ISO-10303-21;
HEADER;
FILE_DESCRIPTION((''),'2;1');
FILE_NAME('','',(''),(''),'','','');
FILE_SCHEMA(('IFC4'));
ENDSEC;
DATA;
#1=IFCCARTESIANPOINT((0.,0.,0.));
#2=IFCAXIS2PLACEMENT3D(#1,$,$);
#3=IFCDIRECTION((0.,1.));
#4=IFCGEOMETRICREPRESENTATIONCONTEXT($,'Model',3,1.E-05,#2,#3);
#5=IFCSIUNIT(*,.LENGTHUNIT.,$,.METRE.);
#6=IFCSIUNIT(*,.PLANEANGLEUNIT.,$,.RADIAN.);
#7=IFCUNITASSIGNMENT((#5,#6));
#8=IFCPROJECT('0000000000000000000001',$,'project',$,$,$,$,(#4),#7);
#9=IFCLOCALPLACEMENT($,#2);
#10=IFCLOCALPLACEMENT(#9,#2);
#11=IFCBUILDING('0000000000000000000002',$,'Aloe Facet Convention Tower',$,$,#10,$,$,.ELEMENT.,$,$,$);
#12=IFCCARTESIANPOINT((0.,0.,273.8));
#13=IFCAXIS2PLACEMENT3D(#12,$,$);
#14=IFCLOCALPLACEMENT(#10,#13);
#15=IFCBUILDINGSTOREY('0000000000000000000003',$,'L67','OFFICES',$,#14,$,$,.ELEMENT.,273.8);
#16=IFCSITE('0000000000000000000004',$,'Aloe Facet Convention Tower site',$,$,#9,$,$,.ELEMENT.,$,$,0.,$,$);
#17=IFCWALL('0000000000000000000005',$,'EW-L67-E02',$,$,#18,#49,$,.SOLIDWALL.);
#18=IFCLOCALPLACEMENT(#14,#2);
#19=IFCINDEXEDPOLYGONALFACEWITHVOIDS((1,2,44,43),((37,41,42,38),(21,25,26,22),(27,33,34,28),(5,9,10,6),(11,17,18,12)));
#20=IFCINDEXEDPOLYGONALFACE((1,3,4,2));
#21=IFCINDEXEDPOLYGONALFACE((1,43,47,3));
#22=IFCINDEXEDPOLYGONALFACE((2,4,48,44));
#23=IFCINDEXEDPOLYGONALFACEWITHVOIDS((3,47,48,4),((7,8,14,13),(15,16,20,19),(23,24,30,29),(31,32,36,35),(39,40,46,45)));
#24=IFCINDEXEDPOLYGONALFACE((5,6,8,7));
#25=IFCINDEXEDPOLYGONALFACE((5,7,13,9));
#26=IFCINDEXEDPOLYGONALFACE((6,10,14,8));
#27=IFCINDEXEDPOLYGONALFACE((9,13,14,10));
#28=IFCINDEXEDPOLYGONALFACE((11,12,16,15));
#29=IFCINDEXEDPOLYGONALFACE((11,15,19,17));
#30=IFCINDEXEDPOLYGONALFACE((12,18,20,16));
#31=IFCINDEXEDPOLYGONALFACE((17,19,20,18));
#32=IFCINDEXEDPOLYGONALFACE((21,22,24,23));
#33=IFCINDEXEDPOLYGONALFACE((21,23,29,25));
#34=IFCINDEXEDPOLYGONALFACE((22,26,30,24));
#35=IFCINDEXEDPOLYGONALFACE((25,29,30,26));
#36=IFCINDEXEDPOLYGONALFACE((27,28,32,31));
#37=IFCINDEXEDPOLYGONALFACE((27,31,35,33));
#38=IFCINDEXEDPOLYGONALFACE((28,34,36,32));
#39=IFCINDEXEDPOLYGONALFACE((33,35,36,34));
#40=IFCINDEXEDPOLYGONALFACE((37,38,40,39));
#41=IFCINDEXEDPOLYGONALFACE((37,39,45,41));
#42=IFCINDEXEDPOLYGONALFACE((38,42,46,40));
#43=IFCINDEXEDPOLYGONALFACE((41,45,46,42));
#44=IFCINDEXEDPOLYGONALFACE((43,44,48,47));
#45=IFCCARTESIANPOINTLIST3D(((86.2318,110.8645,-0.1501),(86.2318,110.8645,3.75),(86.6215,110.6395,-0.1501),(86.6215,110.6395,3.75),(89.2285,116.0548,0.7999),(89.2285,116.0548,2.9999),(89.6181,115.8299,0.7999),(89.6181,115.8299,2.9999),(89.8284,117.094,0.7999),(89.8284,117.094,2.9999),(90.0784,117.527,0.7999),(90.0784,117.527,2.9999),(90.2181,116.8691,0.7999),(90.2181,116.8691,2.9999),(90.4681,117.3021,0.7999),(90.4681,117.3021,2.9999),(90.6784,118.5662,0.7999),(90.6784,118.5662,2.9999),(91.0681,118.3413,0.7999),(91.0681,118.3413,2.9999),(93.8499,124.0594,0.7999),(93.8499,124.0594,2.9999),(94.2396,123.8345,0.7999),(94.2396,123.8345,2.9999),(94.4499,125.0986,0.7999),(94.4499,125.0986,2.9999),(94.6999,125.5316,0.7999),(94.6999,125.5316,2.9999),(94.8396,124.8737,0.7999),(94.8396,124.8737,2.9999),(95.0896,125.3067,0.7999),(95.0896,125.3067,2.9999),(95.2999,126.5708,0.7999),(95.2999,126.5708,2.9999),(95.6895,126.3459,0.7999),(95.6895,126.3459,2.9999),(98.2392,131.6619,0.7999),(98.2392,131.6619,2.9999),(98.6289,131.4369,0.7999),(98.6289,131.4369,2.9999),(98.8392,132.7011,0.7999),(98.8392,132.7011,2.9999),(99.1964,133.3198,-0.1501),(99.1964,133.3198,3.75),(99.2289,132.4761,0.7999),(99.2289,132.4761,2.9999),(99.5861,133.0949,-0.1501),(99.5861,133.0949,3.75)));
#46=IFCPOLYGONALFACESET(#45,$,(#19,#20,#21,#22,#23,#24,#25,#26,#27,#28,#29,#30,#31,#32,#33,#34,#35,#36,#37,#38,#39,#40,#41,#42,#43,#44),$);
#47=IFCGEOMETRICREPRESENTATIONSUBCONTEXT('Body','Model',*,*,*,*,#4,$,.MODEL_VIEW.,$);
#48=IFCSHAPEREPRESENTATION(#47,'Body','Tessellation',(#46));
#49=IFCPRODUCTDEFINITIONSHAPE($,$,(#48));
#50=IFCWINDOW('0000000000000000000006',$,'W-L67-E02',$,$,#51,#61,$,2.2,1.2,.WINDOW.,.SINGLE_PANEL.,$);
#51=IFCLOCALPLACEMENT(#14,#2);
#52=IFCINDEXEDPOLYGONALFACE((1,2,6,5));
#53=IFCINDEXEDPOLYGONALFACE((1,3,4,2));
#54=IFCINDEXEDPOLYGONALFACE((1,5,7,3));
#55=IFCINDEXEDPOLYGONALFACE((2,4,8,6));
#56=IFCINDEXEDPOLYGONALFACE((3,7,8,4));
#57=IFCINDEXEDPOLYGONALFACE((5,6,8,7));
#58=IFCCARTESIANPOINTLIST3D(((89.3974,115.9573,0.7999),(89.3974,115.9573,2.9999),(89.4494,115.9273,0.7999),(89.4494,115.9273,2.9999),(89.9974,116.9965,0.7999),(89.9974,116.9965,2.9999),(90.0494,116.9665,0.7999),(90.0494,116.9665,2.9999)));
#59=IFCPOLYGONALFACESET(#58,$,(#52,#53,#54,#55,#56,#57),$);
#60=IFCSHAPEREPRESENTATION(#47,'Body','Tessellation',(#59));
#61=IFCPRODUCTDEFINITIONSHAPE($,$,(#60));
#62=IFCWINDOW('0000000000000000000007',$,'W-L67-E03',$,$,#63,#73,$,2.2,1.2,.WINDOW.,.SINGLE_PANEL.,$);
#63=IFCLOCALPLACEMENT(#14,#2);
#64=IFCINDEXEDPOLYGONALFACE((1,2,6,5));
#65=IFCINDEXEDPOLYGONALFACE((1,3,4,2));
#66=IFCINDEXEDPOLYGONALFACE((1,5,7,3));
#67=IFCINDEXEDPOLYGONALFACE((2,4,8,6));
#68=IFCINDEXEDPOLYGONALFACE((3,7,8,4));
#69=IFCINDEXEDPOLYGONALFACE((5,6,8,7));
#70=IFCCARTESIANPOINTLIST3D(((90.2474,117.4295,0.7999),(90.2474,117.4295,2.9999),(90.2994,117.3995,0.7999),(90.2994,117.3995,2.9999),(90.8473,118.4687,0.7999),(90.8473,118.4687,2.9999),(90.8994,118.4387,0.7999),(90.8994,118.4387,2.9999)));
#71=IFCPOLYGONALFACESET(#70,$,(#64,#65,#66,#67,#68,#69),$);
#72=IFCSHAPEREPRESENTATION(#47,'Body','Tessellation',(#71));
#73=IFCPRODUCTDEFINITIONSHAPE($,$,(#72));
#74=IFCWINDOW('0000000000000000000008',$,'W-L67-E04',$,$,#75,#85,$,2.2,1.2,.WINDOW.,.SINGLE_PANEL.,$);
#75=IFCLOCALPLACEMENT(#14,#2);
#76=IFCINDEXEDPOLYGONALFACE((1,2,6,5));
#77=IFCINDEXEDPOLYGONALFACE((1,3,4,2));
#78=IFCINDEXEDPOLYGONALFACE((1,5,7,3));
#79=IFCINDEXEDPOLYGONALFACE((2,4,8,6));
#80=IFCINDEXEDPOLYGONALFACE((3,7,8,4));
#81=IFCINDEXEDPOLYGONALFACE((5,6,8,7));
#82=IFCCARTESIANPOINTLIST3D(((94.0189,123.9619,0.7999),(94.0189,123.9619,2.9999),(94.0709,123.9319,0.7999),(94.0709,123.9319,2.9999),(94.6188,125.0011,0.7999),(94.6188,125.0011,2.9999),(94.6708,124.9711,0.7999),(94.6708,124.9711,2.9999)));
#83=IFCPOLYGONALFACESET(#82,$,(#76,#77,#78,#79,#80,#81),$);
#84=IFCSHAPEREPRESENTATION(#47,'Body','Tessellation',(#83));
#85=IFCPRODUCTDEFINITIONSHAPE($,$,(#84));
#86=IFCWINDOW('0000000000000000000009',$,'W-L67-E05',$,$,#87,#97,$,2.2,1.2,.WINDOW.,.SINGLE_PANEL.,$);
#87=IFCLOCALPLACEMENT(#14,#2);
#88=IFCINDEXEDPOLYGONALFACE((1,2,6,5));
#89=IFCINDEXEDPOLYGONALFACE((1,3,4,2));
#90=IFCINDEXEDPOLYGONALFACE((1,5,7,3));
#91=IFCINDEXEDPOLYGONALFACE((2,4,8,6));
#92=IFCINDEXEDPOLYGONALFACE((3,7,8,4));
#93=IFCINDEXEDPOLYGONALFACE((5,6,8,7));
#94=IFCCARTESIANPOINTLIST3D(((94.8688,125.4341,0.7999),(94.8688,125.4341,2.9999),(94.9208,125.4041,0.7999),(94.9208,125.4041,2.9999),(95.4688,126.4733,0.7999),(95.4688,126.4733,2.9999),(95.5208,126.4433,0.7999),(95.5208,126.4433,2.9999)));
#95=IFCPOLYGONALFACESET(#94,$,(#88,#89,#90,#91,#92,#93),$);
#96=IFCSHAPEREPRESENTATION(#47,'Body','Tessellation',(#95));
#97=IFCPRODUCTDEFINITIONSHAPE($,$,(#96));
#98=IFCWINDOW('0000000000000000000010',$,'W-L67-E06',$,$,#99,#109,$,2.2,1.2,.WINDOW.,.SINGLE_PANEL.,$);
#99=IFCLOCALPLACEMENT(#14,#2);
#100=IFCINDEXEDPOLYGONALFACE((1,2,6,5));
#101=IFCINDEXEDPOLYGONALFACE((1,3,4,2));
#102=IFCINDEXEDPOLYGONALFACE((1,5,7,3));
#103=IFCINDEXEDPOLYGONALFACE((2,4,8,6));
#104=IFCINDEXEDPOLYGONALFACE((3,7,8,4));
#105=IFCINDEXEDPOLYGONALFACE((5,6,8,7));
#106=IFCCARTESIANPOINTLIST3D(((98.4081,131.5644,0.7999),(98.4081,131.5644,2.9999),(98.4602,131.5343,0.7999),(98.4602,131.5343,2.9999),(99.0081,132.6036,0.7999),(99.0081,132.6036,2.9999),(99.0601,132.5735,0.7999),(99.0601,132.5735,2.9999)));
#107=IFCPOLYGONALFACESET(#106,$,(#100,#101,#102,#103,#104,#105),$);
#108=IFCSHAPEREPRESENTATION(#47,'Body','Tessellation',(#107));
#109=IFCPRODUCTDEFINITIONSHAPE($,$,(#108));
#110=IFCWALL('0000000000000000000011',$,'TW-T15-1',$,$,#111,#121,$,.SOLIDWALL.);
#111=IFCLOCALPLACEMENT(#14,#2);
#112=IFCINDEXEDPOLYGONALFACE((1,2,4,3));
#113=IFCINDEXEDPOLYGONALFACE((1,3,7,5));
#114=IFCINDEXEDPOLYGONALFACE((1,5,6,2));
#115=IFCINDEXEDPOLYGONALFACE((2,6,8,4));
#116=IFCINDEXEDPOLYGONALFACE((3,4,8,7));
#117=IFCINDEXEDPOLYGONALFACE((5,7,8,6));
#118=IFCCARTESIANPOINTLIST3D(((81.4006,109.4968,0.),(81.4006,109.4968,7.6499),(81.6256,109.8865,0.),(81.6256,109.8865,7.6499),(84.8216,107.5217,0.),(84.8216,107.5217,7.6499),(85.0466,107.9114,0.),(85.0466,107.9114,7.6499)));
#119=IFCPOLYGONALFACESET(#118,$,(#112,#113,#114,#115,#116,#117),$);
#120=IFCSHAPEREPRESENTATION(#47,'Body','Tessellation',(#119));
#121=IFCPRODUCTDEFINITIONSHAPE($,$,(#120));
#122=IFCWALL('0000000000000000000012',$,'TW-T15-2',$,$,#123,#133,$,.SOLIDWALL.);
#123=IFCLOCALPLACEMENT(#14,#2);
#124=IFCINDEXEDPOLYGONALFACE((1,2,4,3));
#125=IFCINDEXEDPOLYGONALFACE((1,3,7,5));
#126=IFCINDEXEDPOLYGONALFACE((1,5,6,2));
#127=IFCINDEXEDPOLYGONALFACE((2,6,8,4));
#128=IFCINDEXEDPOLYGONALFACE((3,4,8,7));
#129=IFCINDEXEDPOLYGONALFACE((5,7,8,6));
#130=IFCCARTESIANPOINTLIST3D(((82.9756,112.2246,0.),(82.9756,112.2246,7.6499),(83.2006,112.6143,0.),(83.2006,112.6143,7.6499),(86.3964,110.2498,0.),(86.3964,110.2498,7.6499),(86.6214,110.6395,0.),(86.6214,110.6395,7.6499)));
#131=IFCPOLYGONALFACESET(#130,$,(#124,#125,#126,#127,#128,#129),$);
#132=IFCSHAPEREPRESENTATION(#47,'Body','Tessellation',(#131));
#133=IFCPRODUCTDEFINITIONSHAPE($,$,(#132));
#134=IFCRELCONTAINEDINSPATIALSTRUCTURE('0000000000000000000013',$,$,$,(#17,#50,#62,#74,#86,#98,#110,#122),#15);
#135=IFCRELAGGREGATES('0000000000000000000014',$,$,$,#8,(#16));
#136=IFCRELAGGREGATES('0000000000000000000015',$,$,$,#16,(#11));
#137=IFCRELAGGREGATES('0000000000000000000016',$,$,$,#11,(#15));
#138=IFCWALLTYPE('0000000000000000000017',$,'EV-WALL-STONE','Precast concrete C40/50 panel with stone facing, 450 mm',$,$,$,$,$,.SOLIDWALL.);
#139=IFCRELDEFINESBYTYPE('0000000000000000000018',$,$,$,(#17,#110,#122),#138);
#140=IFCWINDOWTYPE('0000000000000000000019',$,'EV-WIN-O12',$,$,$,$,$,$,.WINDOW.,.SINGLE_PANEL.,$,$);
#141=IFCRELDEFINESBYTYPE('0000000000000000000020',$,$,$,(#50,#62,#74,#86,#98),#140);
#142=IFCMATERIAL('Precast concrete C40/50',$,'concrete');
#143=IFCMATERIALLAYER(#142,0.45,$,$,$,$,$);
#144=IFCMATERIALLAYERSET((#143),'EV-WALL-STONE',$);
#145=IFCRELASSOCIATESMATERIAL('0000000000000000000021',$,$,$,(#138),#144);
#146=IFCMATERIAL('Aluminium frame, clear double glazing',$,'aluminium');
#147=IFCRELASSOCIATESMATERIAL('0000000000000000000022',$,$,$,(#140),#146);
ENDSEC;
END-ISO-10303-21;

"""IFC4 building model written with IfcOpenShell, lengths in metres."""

from ifc_helpers import new_model, si_unit, direction, frame, frame_2d, origin, place, context, subcontext, project, spatial, polyline, rectangle, outline, extrude, material, layer, layer_set, type_object, element, fill, save


model = new_model("IFC4")

# Units and contexts
model_context = context("Model", 3, precision=1e-05, world=origin(), true_north=direction((0.0, 1.0)))
body_context = subcontext(model_context, "Body", "Model", "MODEL_VIEW")
ifc_project = project(units=[si_unit("LENGTHUNIT", "METRE"), si_unit("PLANEANGLEUNIT", "RADIAN")], contexts=[model_context])

# Site, building, storey
site_placement = place(None, origin())
site = spatial("IfcSite", under=ifc_project, at=site_placement, Name="Aloe Facet Convention Tower site", CompositionType="ELEMENT", RefElevation=0.0)
building_placement = place(site_placement, origin())
building = spatial("IfcBuilding", under=site, at=building_placement, Name="Aloe Facet Convention Tower", CompositionType="ELEMENT")
storey_placement = place(building_placement, frame((0.0, 0.0, 273.8)))
storey = spatial("IfcBuildingStorey", under=building, at=storey_placement, Name="L67", Description="OFFICES", CompositionType="ELEMENT", Elevation=273.8)

# Wall, openings, windows
ifc_material_1 = material(Name="Precast concrete C40/50", Category="concrete")
ifc_layer_1 = layer(ifc_material_1, 0.45)
ifc_layer_set_1 = layer_set([ifc_layer_1], Name="EV-WALL-STONE")
wall_type_1 = type_object("IfcWallType", Name="EV-WALL-STONE", Description="Precast concrete C40/50 panel with stone facing, 450 mm", PredefinedType="SOLIDWALL", material=ifc_layer_set_1)
wall_1_placement = place(storey_placement, frame((86.4268, 110.752, -0.1501), z_axis=(0.0, 0.0, 1.0), x_axis=(0.5, 0.866025, 0.0)))
wall_1 = element("IfcWall", 1, at=wall_1_placement, inside=storey, type_object=wall_type_1, Name="EW-L67-E02", PredefinedType="SOLIDWALL", context=body_context, shape_type="SweptSolid", body=[
    extrude(outline(polyline([(25.9292, 3.9001), (25.9292, 0.0), (0.0, 0.0), (0.0, 3.9001), (25.9292, 3.9001)])), frame((0.0, 0.2251, 0.0), z_axis=(0.0, -1.0, 0.0), x_axis=(1.0, 0.0, 0.0)), (0.0, 0.0, 1.0), 0.45),
])
opening_1_placement = place(wall_1_placement, frame((5.9932, 0.0, 0.95)))
opening_1 = element("IfcOpeningElement", 2, at=opening_1_placement, cuts=wall_1, PredefinedType="OPENING", context=body_context, shape_type="SweptSolid", body=[
    extrude(rectangle(XDim=1.2, YDim=2.2, at=frame_2d((0.6001, 1.1001))), frame((0.0, 0.2349, 0.0), z_axis=(0.0, -1.0, 0.0), x_axis=(1.0, 0.0, 0.0)), (0.0, 0.0, 1.0), 0.47),
])
opening_2_placement = place(wall_1_placement, frame((7.6931, 0.0, 0.95)))
opening_2 = element("IfcOpeningElement", 3, at=opening_2_placement, cuts=wall_1, PredefinedType="OPENING", context=body_context, shape_type="SweptSolid", body=[
    extrude(rectangle(XDim=1.2, YDim=2.2, at=frame_2d((0.6001, 1.1001))), frame((0.0, 0.2349, 0.0), z_axis=(0.0, -1.0, 0.0), x_axis=(1.0, 0.0, 0.0)), (0.0, 0.0, 1.0), 0.47),
])
opening_3_placement = place(wall_1_placement, frame((15.2361, 0.0, 0.95)))
opening_3 = element("IfcOpeningElement", 4, at=opening_3_placement, cuts=wall_1, PredefinedType="OPENING", context=body_context, shape_type="SweptSolid", body=[
    extrude(rectangle(XDim=1.2, YDim=2.2, at=frame_2d((0.6001, 1.1001))), frame((0.0, 0.2349, 0.0), z_axis=(0.0, -1.0, 0.0), x_axis=(1.0, 0.0, 0.0)), (0.0, 0.0, 1.0), 0.47),
])
opening_4_placement = place(wall_1_placement, frame((16.936, 0.0, 0.95)))
opening_4 = element("IfcOpeningElement", 5, at=opening_4_placement, cuts=wall_1, PredefinedType="OPENING", context=body_context, shape_type="SweptSolid", body=[
    extrude(rectangle(XDim=1.2, YDim=2.2, at=frame_2d((0.6001, 1.1001))), frame((0.0, 0.2349, 0.0), z_axis=(0.0, -1.0, 0.0), x_axis=(1.0, 0.0, 0.0)), (0.0, 0.0, 1.0), 0.47),
])
opening_5_placement = place(wall_1_placement, frame((24.0146, 0.0, 0.95)))
opening_5 = element("IfcOpeningElement", 6, at=opening_5_placement, cuts=wall_1, PredefinedType="OPENING", context=body_context, shape_type="SweptSolid", body=[
    extrude(rectangle(XDim=1.2, YDim=2.2, at=frame_2d((0.6001, 1.1001))), frame((0.0, 0.2349, 0.0), z_axis=(0.0, -1.0, 0.0), x_axis=(1.0, 0.0, 0.0)), (0.0, 0.0, 1.0), 0.47),
])
ifc_material_2 = material(Name="Aluminium frame, clear double glazing", Category="aluminium")
window_type_1 = type_object("IfcWindowType", Name="EV-WIN-O12", PartitioningType="SINGLE_PANEL", PredefinedType="WINDOW", material=ifc_material_2)
window_1_placement = place(opening_1_placement, origin())
window_1 = element("IfcWindow", 7, at=window_1_placement, inside=storey, type_object=window_type_1, Name="W-L67-E02", OverallHeight=2.2, OverallWidth=1.2, PartitioningType="SINGLE_PANEL", PredefinedType="WINDOW", context=body_context, shape_type="SweptSolid", body=[
    extrude(rectangle(XDim=1.2, YDim=2.2, at=frame_2d((0.6001, 1.1001))), frame((0.0, 0.03, 0.0), z_axis=(0.0, -1.0, 0.0), x_axis=(1.0, 0.0, 0.0)), (0.0, 0.0, 1.0), 0.0601),
])
fill(opening_1, window_1)
window_2_placement = place(opening_2_placement, origin())
window_2 = element("IfcWindow", 8, at=window_2_placement, inside=storey, type_object=window_type_1, Name="W-L67-E03", OverallHeight=2.2, OverallWidth=1.2, PartitioningType="SINGLE_PANEL", PredefinedType="WINDOW", context=body_context, shape_type="SweptSolid", body=[
    extrude(rectangle(XDim=1.2, YDim=2.2, at=frame_2d((0.6001, 1.1001))), frame((0.0, 0.03, 0.0), z_axis=(0.0, -1.0, 0.0), x_axis=(1.0, 0.0, 0.0)), (0.0, 0.0, 1.0), 0.0601),
])
fill(opening_2, window_2)
window_3_placement = place(opening_3_placement, origin())
window_3 = element("IfcWindow", 9, at=window_3_placement, inside=storey, type_object=window_type_1, Name="W-L67-E04", OverallHeight=2.2, OverallWidth=1.2, PartitioningType="SINGLE_PANEL", PredefinedType="WINDOW", context=body_context, shape_type="SweptSolid", body=[
    extrude(rectangle(XDim=1.2, YDim=2.2, at=frame_2d((0.6001, 1.1001))), frame((0.0, 0.03, 0.0), z_axis=(0.0, -1.0, 0.0), x_axis=(1.0, 0.0, 0.0)), (0.0, 0.0, 1.0), 0.0601),
])
fill(opening_3, window_3)
window_4_placement = place(opening_4_placement, origin())
window_4 = element("IfcWindow", 10, at=window_4_placement, inside=storey, type_object=window_type_1, Name="W-L67-E05", OverallHeight=2.2, OverallWidth=1.2, PartitioningType="SINGLE_PANEL", PredefinedType="WINDOW", context=body_context, shape_type="SweptSolid", body=[
    extrude(rectangle(XDim=1.2, YDim=2.2, at=frame_2d((0.6001, 1.1001))), frame((0.0, 0.03, 0.0), z_axis=(0.0, -1.0, 0.0), x_axis=(1.0, 0.0, 0.0)), (0.0, 0.0, 1.0), 0.0601),
])
fill(opening_4, window_4)
window_5_placement = place(opening_5_placement, origin())
window_5 = element("IfcWindow", 11, at=window_5_placement, inside=storey, type_object=window_type_1, Name="W-L67-E06", OverallHeight=2.2, OverallWidth=1.2, PartitioningType="SINGLE_PANEL", PredefinedType="WINDOW", context=body_context, shape_type="SweptSolid", body=[
    extrude(rectangle(XDim=1.2, YDim=2.2, at=frame_2d((0.6001, 1.1001))), frame((0.0, 0.03, 0.0), z_axis=(0.0, -1.0, 0.0), x_axis=(1.0, 0.0, 0.0)), (0.0, 0.0, 1.0), 0.0601),
])
fill(opening_5, window_5)

# Walls
wall_2_placement = place(storey_placement, frame((84.9341, 107.7166, 0.0), z_axis=(0.0, 0.0, 1.0), x_axis=(-0.866021, 0.500008, 0.0)))
element("IfcWall", 12, at=wall_2_placement, inside=storey, type_object=wall_type_1, Name="TW-T15-1", PredefinedType="SOLIDWALL", context=body_context, shape_type="SweptSolid", body=[
    extrude(rectangle(XDim=3.9502, YDim=0.45, at=frame_2d((1.9751, 0.0))), origin(), (0.0, 0.0, 1.0), 7.6499),
])
wall_3_placement = place(storey_placement, frame((86.509, 110.4446, 0.0), z_axis=(0.0, 0.0, 1.0), x_axis=(-0.866048, 0.499961, 0.0)))
element("IfcWall", 13, at=wall_3_placement, inside=storey, type_object=wall_type_1, Name="TW-T15-2", PredefinedType="SOLIDWALL", context=body_context, shape_type="SweptSolid", body=[
    extrude(rectangle(XDim=3.95, YDim=0.45, at=frame_2d((1.9751, 0.0))), origin(), (0.0, 0.0, 1.0), 7.6499),
])

save(model, "model.ifc")
